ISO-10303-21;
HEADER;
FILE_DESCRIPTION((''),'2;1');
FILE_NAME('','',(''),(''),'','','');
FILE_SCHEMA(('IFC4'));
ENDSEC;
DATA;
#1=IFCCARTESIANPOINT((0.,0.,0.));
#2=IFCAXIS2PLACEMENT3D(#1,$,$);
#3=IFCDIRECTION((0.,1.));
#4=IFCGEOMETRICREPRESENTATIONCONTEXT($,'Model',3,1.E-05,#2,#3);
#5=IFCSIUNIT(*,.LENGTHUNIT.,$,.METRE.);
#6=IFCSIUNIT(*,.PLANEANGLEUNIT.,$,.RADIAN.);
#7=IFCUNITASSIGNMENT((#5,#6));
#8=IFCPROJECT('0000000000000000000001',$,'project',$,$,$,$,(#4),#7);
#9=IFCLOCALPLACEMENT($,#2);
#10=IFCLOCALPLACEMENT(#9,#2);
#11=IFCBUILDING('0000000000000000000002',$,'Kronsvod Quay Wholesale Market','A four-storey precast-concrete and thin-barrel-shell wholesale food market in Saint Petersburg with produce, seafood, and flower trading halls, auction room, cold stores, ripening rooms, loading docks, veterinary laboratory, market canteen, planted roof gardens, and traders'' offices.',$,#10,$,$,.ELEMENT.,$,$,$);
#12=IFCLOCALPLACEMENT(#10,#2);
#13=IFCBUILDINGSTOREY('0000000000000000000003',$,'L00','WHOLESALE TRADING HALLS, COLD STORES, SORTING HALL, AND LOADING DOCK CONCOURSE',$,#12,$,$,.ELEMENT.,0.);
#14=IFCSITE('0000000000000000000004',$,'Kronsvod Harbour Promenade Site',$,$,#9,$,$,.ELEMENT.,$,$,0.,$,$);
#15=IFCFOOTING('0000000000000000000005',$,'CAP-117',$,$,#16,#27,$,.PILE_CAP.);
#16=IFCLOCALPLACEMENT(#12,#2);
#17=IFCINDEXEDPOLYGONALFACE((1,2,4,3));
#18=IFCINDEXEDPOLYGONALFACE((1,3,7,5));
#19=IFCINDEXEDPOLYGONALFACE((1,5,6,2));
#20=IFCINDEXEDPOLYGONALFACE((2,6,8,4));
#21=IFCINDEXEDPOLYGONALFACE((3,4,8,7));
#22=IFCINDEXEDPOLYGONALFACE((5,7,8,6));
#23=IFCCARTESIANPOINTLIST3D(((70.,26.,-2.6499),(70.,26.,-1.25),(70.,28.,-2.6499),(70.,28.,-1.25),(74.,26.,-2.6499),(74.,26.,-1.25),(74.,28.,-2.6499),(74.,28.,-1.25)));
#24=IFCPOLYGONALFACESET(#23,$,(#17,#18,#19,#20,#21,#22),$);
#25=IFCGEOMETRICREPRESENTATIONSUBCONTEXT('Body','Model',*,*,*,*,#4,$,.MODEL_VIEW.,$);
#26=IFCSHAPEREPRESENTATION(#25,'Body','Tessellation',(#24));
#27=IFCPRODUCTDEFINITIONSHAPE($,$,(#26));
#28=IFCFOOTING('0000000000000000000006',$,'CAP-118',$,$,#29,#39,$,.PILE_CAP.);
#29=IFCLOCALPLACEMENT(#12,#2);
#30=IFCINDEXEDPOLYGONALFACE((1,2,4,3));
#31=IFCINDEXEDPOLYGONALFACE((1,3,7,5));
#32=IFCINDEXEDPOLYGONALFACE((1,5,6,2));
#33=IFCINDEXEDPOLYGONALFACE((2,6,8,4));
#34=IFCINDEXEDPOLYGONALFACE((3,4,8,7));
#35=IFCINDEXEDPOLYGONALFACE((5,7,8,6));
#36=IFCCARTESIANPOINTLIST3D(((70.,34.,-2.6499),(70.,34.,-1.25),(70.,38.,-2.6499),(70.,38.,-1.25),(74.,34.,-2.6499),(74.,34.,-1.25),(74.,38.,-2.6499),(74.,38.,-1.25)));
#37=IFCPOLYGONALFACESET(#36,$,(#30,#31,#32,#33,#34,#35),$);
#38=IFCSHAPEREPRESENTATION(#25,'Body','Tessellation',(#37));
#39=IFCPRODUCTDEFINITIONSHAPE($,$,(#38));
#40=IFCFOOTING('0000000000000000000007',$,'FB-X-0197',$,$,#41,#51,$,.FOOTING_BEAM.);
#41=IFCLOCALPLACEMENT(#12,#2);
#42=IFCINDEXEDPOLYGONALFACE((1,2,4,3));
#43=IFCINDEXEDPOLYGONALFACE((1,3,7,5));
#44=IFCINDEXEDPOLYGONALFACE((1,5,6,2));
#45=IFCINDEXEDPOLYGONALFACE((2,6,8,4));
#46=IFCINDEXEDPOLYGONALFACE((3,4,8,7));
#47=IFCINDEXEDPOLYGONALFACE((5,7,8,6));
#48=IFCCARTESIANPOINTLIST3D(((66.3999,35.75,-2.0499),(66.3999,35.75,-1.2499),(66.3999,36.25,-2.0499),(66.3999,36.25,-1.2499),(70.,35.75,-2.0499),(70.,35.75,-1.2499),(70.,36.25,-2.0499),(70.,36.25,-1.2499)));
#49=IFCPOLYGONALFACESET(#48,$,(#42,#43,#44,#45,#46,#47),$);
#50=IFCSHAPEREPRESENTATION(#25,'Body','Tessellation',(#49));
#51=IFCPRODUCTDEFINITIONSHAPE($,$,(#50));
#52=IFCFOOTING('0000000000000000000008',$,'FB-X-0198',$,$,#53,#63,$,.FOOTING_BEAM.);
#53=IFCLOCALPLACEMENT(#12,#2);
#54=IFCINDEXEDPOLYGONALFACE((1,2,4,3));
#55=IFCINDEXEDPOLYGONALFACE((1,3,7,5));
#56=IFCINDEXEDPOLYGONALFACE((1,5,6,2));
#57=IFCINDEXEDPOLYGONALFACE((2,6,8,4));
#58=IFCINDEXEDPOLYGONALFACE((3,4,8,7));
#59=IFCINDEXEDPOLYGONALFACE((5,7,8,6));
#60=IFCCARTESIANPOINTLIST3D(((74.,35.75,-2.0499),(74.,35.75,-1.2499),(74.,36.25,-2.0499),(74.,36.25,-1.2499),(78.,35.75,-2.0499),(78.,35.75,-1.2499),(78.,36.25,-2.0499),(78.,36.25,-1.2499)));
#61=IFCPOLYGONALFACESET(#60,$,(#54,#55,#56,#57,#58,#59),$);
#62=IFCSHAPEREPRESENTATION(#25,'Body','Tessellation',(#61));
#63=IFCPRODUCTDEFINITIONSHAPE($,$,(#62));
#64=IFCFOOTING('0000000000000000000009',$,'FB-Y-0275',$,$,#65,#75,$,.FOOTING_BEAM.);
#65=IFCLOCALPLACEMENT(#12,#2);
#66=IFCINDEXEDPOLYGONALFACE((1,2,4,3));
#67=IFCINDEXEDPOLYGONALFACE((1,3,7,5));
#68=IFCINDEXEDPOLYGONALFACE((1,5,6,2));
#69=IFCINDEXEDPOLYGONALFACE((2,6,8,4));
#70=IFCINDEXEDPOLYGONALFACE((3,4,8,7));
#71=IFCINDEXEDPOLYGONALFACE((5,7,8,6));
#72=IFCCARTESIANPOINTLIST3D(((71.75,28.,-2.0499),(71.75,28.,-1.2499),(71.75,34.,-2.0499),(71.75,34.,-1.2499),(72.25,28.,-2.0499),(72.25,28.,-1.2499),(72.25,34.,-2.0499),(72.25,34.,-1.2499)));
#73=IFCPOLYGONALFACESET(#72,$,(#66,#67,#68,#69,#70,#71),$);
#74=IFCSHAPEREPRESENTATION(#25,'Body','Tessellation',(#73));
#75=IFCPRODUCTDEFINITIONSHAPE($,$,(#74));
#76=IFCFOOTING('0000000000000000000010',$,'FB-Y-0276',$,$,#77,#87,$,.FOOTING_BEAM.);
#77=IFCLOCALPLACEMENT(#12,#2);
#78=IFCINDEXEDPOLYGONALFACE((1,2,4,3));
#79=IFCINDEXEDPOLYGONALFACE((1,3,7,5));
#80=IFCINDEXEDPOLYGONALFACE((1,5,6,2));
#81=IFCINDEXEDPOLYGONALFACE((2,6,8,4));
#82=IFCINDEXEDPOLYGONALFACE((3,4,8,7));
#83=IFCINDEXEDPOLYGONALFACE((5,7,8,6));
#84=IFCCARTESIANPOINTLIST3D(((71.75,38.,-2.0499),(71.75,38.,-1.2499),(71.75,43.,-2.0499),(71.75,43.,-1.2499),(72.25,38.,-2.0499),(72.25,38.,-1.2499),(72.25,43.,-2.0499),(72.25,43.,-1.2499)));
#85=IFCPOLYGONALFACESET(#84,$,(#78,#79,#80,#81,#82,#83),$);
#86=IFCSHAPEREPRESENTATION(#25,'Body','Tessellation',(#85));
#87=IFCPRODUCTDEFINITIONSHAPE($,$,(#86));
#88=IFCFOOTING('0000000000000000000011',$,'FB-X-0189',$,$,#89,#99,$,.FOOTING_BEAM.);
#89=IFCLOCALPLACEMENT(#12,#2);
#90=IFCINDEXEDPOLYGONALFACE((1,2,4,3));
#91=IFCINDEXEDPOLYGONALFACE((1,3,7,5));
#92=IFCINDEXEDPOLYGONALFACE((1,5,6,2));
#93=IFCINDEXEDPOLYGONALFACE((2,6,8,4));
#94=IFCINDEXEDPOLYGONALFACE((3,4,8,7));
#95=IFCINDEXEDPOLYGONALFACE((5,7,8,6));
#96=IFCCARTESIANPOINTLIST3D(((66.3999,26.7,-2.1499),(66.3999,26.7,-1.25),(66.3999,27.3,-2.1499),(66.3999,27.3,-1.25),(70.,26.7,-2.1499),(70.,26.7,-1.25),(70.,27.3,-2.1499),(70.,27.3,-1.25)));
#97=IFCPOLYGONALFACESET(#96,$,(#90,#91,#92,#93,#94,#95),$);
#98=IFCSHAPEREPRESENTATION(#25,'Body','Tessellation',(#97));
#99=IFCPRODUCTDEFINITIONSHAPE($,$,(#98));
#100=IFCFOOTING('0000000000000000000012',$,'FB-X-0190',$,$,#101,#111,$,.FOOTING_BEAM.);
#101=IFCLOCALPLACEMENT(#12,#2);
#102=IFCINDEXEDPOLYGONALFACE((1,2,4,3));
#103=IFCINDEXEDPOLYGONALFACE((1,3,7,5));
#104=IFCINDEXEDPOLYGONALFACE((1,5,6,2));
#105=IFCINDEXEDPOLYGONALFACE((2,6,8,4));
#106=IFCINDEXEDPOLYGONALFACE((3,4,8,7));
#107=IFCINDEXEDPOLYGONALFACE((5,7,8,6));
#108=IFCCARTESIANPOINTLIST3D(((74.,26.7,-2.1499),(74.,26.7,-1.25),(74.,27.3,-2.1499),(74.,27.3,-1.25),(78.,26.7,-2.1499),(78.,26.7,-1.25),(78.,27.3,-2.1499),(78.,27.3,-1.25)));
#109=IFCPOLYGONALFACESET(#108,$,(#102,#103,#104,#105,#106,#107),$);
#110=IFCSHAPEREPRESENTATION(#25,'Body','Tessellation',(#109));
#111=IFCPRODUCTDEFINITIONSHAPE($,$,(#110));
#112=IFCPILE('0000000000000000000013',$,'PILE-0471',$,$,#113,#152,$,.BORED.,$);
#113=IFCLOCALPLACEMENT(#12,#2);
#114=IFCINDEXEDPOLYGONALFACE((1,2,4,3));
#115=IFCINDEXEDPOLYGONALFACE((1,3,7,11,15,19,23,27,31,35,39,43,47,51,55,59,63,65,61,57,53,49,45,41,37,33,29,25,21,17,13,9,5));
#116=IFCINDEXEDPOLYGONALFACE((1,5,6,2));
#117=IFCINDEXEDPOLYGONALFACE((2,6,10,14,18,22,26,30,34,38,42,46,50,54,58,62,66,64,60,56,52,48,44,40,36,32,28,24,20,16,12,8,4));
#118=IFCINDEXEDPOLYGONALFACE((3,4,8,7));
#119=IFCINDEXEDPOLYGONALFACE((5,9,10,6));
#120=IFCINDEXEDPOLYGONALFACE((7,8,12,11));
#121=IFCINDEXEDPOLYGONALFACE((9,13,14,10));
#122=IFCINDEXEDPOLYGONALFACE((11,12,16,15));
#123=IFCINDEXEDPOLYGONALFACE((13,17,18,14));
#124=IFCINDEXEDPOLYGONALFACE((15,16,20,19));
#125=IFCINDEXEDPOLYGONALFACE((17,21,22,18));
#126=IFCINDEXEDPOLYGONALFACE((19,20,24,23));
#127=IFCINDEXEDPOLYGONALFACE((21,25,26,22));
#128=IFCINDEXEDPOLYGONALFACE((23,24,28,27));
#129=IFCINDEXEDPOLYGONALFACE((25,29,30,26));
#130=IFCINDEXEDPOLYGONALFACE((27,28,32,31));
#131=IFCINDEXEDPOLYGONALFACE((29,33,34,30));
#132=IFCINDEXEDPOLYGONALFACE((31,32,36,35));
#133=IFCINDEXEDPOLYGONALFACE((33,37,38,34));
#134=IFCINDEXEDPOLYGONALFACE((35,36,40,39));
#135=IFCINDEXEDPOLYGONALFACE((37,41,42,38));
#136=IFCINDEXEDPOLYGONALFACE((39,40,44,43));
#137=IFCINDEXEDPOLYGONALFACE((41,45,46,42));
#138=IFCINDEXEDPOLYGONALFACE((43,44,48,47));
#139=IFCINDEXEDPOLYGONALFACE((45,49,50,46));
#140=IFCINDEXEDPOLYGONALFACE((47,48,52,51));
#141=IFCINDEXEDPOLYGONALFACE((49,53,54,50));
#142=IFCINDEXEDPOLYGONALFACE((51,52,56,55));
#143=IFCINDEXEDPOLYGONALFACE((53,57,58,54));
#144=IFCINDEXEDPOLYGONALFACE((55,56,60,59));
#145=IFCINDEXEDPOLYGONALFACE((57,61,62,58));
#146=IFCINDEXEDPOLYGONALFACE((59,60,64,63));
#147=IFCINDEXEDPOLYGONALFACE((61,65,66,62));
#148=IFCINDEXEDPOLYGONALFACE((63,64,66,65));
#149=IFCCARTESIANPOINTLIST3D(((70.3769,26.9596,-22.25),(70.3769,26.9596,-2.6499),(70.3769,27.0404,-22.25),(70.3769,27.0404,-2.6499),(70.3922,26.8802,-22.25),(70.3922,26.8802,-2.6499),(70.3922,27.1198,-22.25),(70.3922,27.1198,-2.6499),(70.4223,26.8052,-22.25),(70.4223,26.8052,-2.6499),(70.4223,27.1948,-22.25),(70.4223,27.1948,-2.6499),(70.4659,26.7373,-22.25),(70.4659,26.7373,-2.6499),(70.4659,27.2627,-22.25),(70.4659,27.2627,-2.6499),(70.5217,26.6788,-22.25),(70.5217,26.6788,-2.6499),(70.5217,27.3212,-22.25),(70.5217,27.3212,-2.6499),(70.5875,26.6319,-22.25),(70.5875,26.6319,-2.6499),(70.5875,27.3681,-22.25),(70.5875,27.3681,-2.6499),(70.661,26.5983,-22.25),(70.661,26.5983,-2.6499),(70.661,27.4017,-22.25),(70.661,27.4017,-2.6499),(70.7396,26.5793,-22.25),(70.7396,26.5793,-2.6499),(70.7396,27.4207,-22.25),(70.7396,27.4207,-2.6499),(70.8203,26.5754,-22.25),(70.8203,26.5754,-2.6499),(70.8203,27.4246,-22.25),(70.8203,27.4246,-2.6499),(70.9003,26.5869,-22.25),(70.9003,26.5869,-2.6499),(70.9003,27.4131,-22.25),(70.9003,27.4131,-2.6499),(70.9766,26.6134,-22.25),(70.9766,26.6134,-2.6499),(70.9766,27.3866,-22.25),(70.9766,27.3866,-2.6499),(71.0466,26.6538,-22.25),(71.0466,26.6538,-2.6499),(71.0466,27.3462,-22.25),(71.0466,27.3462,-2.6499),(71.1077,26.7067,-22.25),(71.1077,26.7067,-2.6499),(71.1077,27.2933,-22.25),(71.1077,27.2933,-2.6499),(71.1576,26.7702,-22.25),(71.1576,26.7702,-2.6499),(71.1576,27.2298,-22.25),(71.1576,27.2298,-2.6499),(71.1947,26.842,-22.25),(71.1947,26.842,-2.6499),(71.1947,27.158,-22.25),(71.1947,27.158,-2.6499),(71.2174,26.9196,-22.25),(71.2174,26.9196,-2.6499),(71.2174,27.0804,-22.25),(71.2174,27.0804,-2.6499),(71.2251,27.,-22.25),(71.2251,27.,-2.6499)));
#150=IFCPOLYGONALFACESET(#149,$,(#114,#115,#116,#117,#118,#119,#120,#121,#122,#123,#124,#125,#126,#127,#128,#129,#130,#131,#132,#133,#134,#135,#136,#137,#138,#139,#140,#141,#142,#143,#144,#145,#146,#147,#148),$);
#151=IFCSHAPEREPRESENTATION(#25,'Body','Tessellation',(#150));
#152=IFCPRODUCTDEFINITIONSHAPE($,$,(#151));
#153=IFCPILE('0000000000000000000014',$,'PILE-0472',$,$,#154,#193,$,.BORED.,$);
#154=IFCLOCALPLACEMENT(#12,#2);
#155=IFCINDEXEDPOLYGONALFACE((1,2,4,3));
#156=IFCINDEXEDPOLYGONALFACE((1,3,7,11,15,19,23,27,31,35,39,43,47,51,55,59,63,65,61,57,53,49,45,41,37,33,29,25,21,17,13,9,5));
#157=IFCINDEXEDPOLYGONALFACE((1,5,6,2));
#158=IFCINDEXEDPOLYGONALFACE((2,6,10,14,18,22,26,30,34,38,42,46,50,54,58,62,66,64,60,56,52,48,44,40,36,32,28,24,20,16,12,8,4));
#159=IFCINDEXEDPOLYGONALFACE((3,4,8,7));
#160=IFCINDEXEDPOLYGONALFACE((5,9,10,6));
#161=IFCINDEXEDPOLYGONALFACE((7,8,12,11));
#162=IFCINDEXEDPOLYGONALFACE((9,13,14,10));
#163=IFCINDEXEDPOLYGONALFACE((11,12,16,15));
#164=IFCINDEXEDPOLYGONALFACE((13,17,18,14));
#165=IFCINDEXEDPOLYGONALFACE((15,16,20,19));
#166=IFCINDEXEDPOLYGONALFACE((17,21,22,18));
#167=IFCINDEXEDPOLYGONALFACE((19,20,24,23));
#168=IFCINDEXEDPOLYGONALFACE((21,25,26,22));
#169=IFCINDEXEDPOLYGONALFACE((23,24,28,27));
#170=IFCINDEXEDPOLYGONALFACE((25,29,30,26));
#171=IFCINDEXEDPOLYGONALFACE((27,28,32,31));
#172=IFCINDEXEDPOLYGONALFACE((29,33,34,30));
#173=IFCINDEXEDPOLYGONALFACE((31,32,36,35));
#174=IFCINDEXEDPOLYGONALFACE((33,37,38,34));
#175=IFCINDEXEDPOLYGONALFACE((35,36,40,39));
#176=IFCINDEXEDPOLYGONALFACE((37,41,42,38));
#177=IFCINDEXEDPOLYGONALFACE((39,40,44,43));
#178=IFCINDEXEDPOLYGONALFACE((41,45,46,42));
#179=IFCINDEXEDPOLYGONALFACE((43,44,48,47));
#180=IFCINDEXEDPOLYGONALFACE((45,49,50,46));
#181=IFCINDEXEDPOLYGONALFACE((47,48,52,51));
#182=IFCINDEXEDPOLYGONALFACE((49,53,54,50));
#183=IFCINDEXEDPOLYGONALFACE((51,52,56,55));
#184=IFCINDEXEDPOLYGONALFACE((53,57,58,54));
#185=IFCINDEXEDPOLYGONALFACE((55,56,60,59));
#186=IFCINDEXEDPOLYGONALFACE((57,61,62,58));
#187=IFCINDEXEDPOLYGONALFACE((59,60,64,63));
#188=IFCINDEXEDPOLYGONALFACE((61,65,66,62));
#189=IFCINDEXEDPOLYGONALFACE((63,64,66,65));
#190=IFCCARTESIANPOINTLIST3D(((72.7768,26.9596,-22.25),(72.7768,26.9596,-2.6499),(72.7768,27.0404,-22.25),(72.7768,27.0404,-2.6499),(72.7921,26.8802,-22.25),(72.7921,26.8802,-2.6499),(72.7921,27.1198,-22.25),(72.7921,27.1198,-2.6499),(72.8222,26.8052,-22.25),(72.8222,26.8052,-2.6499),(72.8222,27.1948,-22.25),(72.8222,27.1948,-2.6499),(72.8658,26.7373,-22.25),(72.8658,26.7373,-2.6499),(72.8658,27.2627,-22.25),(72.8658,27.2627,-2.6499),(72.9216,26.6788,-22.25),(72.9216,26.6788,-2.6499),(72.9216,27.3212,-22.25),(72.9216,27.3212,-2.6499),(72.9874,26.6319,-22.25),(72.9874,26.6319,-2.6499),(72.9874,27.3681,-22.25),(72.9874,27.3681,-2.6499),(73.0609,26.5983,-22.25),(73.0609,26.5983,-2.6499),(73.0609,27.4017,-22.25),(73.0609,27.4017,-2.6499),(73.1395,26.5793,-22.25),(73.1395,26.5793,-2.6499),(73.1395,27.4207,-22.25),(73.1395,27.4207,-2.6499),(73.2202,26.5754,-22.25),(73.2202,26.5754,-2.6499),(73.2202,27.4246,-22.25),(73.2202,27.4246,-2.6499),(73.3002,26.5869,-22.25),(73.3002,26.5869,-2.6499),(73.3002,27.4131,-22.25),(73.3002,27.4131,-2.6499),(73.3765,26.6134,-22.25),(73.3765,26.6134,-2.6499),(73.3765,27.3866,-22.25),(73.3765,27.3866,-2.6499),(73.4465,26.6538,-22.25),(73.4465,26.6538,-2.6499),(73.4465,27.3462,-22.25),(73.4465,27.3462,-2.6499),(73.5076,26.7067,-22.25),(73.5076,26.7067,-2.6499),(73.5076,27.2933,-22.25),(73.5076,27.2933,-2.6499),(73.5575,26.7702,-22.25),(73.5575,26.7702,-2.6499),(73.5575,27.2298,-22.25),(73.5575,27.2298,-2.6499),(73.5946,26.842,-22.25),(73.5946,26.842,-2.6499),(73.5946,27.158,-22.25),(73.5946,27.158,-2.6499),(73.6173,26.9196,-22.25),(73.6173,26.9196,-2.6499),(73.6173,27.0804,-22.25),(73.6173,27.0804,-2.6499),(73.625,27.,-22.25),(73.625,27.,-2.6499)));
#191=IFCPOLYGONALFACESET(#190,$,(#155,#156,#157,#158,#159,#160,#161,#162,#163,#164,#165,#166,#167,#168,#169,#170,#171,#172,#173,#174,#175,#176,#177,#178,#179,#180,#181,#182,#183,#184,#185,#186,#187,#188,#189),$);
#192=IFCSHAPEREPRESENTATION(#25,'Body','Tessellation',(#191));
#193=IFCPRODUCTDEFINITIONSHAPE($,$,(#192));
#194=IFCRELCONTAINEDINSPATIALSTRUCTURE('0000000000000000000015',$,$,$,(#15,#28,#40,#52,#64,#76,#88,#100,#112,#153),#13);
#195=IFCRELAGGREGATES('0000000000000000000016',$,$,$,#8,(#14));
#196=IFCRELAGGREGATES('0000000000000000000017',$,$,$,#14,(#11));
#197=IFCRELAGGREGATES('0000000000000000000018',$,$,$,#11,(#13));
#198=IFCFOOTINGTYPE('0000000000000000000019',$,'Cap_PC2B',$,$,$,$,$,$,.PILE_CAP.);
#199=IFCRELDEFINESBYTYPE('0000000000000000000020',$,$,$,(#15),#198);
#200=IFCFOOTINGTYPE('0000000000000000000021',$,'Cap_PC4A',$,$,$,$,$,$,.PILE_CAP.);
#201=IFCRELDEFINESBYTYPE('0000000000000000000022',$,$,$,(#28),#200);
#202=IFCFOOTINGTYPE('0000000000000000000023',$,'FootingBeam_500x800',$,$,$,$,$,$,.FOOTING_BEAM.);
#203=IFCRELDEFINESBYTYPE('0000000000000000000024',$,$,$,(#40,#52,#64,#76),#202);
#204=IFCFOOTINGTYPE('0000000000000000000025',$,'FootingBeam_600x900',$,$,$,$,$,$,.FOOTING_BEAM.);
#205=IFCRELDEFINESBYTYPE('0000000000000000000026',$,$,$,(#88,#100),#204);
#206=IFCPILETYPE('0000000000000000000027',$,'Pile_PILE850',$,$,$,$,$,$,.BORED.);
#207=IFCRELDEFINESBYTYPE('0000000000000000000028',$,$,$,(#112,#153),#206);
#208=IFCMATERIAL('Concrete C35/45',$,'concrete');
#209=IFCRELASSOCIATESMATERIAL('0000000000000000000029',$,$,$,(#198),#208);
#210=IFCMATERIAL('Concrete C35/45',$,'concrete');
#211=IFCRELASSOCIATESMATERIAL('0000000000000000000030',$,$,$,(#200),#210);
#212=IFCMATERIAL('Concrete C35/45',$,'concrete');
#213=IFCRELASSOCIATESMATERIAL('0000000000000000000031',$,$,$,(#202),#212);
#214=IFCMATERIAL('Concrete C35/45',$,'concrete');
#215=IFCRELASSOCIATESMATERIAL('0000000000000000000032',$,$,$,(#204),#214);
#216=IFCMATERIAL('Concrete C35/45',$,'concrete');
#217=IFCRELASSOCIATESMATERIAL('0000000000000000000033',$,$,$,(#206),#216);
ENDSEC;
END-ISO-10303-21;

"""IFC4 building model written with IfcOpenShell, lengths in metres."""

from ifc_helpers import new_model, si_unit, direction, frame, origin, origin_2d, place, context, subcontext, project, spatial, rectangle, circle, extrude, material, material_profile, profile_set, type_object, element, save


model = new_model("IFC4")

# Units and contexts
model_context = context("Model", 3, precision=1e-05, world=origin(), true_north=direction((0.0, 1.0)))
body_context = subcontext(model_context, "Body", "Model", "MODEL_VIEW")
ifc_project = project(units=[si_unit("LENGTHUNIT", "METRE"), si_unit("PLANEANGLEUNIT", "RADIAN")], contexts=[model_context])

# Site, building, storey
site_placement = place(None, origin())
site = spatial("IfcSite", under=ifc_project, at=site_placement, Name="Kronsvod Harbour Promenade Site", CompositionType="ELEMENT", RefElevation=0.0)
building_placement = place(site_placement, origin())
building = spatial("IfcBuilding", under=site, at=building_placement, Name="Kronsvod Quay Wholesale Market", Description="A four-storey precast-concrete and thin-barrel-shell wholesale food market in Saint Petersburg with produce, seafood, and flower trading halls, auction room, cold stores, ripening rooms, loading docks, veterinary laboratory, market canteen, planted roof gardens, and traders' offices.", CompositionType="ELEMENT")
storey_placement = place(building_placement, origin())
storey = spatial("IfcBuildingStorey", under=building, at=storey_placement, Name="L00", Description="WHOLESALE TRADING HALLS, COLD STORES, SORTING HALL, AND LOADING DOCK CONCOURSE", CompositionType="ELEMENT", Elevation=0.0)

# Footings
ifc_material_1 = material(Name="Concrete C35/45", Category="concrete")
footing_type_1 = type_object("IfcFootingType", Name="Cap_PC2B", PredefinedType="PILE_CAP", material=ifc_material_1)
footing_1_placement = place(storey_placement, frame((72.0, 27.0, -2.6499), z_axis=(0.0, 0.0, 1.0), x_axis=(1.0, 0.0, 0.0)))
element("IfcFooting", 1, at=footing_1_placement, inside=storey, type_object=footing_type_1, Name="CAP-117", PredefinedType="PILE_CAP", context=body_context, shape_type="SweptSolid", body=[
    extrude(rectangle(XDim=4.0, YDim=2.0, at=origin_2d()), origin(), (0.0, 0.0, 1.0), 1.3999),
])
ifc_material_2 = material(Name="Concrete C35/45", Category="concrete")
footing_type_2 = type_object("IfcFootingType", Name="Cap_PC4A", PredefinedType="PILE_CAP", material=ifc_material_2)
footing_2_placement = place(storey_placement, frame((72.0, 36.0, -2.6499), z_axis=(0.0, 0.0, 1.0), x_axis=(1.0, 0.0, 0.0)))
element("IfcFooting", 2, at=footing_2_placement, inside=storey, type_object=footing_type_2, Name="CAP-118", PredefinedType="PILE_CAP", context=body_context, shape_type="SweptSolid", body=[
    extrude(rectangle(XDim=4.0, YDim=4.0, at=origin_2d()), origin(), (0.0, 0.0, 1.0), 1.3999),
])
ifc_material_3 = material(Name="Concrete C35/45", Category="concrete")
ifc_material_profile_1 = material_profile(ifc_material_3, rectangle(XDim=0.5, YDim=0.8, at=origin_2d()), Name="FB-01")
ifc_profile_set_1 = profile_set([ifc_material_profile_1], Name="Concrete C35/45")
footing_type_3 = type_object("IfcFootingType", Name="FootingBeam_500x800", PredefinedType="FOOTING_BEAM", material=ifc_profile_set_1)
footing_3_placement = place(storey_placement, frame((66.3999, 36.0, -1.6499), z_axis=(1.0, 0.0, 0.0), x_axis=(0.0, 1.0, 0.0)))
element("IfcFooting", 3, at=footing_3_placement, inside=storey, type_object=footing_type_3, Name="FB-X-0197", PredefinedType="FOOTING_BEAM", context=body_context, shape_type="SweptSolid", body=[
    extrude(rectangle(XDim=0.5, YDim=0.8, at=origin_2d()), origin(), (0.0, 0.0, 1.0), 3.6001),
])
footing_4_placement = place(storey_placement, frame((74.0, 36.0, -1.6499), z_axis=(1.0, 0.0, 0.0), x_axis=(0.0, 1.0, 0.0)))
element("IfcFooting", 4, at=footing_4_placement, inside=storey, type_object=footing_type_3, Name="FB-X-0198", PredefinedType="FOOTING_BEAM", context=body_context, shape_type="SweptSolid", body=[
    extrude(rectangle(XDim=0.5, YDim=0.8, at=origin_2d()), origin(), (0.0, 0.0, 1.0), 4.0),
])
footing_5_placement = place(storey_placement, frame((72.0, 28.0, -1.6499), z_axis=(0.0, 1.0, 0.0), x_axis=(-1.0, 0.0, 0.0)))
element("IfcFooting", 5, at=footing_5_placement, inside=storey, type_object=footing_type_3, Name="FB-Y-0275", PredefinedType="FOOTING_BEAM", context=body_context, shape_type="SweptSolid", body=[
    extrude(rectangle(XDim=0.5, YDim=0.8, at=origin_2d()), origin(), (0.0, 0.0, 1.0), 6.0),
])
footing_6_placement = place(storey_placement, frame((72.0, 38.0, -1.6499), z_axis=(0.0, 1.0, 0.0), x_axis=(-1.0, 0.0, 0.0)))
element("IfcFooting", 6, at=footing_6_placement, inside=storey, type_object=footing_type_3, Name="FB-Y-0276", PredefinedType="FOOTING_BEAM", context=body_context, shape_type="SweptSolid", body=[
    extrude(rectangle(XDim=0.5, YDim=0.8, at=origin_2d()), origin(), (0.0, 0.0, 1.0), 5.0),
])
ifc_material_4 = material(Name="Concrete C35/45", Category="concrete")
ifc_material_profile_2 = material_profile(ifc_material_4, rectangle(XDim=0.6001, YDim=0.8999, at=origin_2d()), Name="FB-02")
ifc_profile_set_2 = profile_set([ifc_material_profile_2], Name="Concrete C35/45")
footing_type_4 = type_object("IfcFootingType", Name="FootingBeam_600x900", PredefinedType="FOOTING_BEAM", material=ifc_profile_set_2)
footing_7_placement = place(storey_placement, frame((66.3999, 27.0, -1.7), z_axis=(1.0, 0.0, 0.0), x_axis=(0.0, 1.0, 0.0)))
element("IfcFooting", 7, at=footing_7_placement, inside=storey, type_object=footing_type_4, Name="FB-X-0189", PredefinedType="FOOTING_BEAM", context=body_context, shape_type="SweptSolid", body=[
    extrude(rectangle(XDim=0.6001, YDim=0.8999, at=origin_2d()), origin(), (0.0, 0.0, 1.0), 3.6001),
])
footing_8_placement = place(storey_placement, frame((74.0, 27.0, -1.7), z_axis=(1.0, 0.0, 0.0), x_axis=(0.0, 1.0, 0.0)))
element("IfcFooting", 8, at=footing_8_placement, inside=storey, type_object=footing_type_4, Name="FB-X-0190", PredefinedType="FOOTING_BEAM", context=body_context, shape_type="SweptSolid", body=[
    extrude(rectangle(XDim=0.6001, YDim=0.8999, at=origin_2d()), origin(), (0.0, 0.0, 1.0), 4.0),
])

# Piles
ifc_material_5 = material(Name="Concrete C35/45", Category="concrete")
ifc_material_profile_3 = material_profile(ifc_material_5, circle(Radius=0.425, at=origin_2d()), Name="PILE850")
ifc_profile_set_3 = profile_set([ifc_material_profile_3], Name="Concrete C35/45")
pile_type_1 = type_object("IfcPileType", Name="Pile_PILE850", PredefinedType="BORED", material=ifc_profile_set_3)
for number, where, z_axis, x_axis, name in (
    (9, (70.8, 27.0, -2.6499), (0.0, 0.0, -1.0), (1.0, 0.0, 0.0), "PILE-0471"),
    (10, (73.2, 27.0, -2.6499), (0.0, 0.0, -1.0), (1.0, 0.0, 0.0), "PILE-0472"),
):
    element("IfcPile", number, at=place(storey_placement, frame(where, z_axis=z_axis, x_axis=x_axis)), inside=storey, type_object=pile_type_1, Name=name, PredefinedType="BORED", context=body_context, shape_type="SweptSolid", body=[
        extrude(circle(Radius=0.425, at=origin_2d()), origin(), (0.0, 0.0, 1.0), 19.6001),
    ])

save(model, "model.ifc")
